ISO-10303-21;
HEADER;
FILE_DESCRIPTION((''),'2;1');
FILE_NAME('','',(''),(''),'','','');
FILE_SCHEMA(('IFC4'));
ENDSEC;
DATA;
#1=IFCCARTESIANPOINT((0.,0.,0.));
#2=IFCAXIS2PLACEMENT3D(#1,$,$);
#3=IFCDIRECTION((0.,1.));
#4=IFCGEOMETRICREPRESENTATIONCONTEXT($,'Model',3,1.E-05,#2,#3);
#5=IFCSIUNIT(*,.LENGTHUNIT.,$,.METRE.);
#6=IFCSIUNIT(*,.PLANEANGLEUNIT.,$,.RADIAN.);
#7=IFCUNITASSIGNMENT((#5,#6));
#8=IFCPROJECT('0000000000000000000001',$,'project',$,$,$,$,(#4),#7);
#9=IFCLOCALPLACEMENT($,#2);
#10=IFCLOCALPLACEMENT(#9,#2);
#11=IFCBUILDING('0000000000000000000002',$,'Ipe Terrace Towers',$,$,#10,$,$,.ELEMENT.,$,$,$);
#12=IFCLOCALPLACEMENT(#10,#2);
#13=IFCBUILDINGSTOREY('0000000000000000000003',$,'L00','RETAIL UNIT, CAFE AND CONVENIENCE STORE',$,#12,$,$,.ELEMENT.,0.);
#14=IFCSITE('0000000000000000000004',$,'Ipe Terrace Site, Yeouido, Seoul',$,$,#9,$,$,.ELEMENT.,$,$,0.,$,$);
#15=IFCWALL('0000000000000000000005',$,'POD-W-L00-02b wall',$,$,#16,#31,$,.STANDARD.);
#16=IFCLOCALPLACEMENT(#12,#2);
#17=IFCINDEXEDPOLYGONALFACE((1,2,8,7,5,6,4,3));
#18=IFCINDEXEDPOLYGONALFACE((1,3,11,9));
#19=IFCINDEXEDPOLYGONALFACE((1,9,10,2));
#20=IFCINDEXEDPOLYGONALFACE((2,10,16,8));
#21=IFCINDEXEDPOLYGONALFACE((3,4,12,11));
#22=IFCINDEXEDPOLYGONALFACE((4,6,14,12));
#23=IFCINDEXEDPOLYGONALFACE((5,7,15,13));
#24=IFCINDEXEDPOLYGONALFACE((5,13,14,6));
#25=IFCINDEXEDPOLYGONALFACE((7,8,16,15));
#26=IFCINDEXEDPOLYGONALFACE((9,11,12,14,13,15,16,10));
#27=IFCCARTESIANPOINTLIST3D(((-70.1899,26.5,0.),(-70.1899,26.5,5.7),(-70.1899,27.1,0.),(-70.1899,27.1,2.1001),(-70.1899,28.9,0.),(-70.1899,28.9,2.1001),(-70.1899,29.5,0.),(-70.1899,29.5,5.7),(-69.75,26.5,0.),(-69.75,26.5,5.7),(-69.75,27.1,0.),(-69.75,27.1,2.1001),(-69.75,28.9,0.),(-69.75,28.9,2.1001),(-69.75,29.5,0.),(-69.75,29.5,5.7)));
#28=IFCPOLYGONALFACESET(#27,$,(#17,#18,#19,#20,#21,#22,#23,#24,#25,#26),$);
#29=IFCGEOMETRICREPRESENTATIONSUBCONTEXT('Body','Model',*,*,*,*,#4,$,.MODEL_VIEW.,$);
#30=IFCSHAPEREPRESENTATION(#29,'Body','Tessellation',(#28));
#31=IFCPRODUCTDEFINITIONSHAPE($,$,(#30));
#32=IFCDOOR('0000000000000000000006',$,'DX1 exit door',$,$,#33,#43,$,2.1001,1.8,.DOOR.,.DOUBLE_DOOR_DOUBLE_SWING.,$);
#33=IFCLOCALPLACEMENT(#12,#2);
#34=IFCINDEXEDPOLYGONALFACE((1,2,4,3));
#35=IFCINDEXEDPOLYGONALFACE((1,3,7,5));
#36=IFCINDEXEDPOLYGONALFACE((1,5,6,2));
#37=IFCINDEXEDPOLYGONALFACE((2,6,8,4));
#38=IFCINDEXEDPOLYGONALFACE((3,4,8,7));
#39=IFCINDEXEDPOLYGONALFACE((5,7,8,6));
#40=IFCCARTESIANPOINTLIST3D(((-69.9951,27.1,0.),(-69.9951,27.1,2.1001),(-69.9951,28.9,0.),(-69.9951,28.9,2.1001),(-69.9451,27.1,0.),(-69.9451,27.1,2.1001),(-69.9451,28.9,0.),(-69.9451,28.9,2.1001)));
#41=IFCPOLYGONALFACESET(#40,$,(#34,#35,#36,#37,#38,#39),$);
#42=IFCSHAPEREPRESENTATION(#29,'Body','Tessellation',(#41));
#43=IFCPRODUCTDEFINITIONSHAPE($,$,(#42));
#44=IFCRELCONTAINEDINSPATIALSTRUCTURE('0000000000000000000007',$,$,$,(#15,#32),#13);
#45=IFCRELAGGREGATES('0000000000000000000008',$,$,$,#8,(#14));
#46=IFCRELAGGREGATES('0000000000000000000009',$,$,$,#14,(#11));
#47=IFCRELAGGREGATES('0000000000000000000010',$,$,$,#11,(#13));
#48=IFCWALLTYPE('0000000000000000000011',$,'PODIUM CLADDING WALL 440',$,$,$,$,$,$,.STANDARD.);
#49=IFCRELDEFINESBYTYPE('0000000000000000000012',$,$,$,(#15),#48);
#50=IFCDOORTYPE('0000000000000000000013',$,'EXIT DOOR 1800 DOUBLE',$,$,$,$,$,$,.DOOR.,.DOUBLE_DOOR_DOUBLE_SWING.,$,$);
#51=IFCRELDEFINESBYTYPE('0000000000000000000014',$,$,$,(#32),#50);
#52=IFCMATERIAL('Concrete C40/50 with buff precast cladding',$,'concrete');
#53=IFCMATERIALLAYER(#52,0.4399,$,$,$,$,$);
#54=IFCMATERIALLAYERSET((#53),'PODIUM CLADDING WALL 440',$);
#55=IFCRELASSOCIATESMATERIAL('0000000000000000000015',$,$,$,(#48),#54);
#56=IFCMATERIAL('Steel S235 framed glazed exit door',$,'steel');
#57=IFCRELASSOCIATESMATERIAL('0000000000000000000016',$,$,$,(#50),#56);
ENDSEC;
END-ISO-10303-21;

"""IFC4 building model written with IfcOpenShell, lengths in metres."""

from ifc_helpers import new_model, si_unit, direction, frame, frame_2d, origin, place, context, subcontext, project, spatial, rectangle, extrude, material, layer, layer_set, type_object, element, fill, save


model = new_model("IFC4")

# Units and contexts
model_context = context("Model", 3, precision=1e-05, world=origin(), true_north=direction((0.0, 1.0)))
body_context = subcontext(model_context, "Body", "Model", "MODEL_VIEW")
ifc_project = project(units=[si_unit("LENGTHUNIT", "METRE"), si_unit("PLANEANGLEUNIT", "RADIAN")], contexts=[model_context])

# Site, building, storey
site_placement = place(None, origin())
site = spatial("IfcSite", under=ifc_project, at=site_placement, Name="Ipe Terrace Site, Yeouido, Seoul", CompositionType="ELEMENT", RefElevation=0.0)
building_placement = place(site_placement, origin())
building = spatial("IfcBuilding", under=site, at=building_placement, Name="Ipe Terrace Towers", CompositionType="ELEMENT")
storey_placement = place(building_placement, origin())
storey = spatial("IfcBuildingStorey", under=building, at=storey_placement, Name="L00", Description="RETAIL UNIT, CAFE AND CONVENIENCE STORE", CompositionType="ELEMENT", Elevation=0.0)

# Wall, opening, door
ifc_material_1 = material(Name="Concrete C40/50 with buff precast cladding", Category="concrete")
ifc_layer_1 = layer(ifc_material_1, 0.4399)
ifc_layer_set_1 = layer_set([ifc_layer_1], Name="PODIUM CLADDING WALL 440")
wall_type_1 = type_object("IfcWallType", Name="PODIUM CLADDING WALL 440", PredefinedType="STANDARD", material=ifc_layer_set_1)
wall_1_placement = place(storey_placement, frame((-69.97, 29.5, 0.0), z_axis=(0.0, 0.0, 1.0), x_axis=(0.0, -1.0, 0.0)))
wall_1 = element("IfcWall", 1, at=wall_1_placement, inside=storey, type_object=wall_type_1, Name="POD-W-L00-02b wall", PredefinedType="STANDARD", context=body_context, shape_type="SweptSolid", body=[
    extrude(rectangle(XDim=3.0, YDim=0.4399, at=frame_2d((1.5, 0.0))), origin(), (0.0, 0.0, 1.0), 5.7),
])
opening_1_placement = place(wall_1_placement, frame((0.6001, 0.0, 0.0)))
opening_1 = element("IfcOpeningElement", 2, at=opening_1_placement, cuts=wall_1, PredefinedType="OPENING", context=body_context, shape_type="SweptSolid", body=[
    extrude(rectangle(XDim=1.8, YDim=2.1001, at=frame_2d((0.8999, 1.05))), frame((0.0, 0.23, 0.0), z_axis=(0.0, -1.0, 0.0), x_axis=(1.0, 0.0, 0.0)), (0.0, 0.0, 1.0), 0.46),
])
ifc_material_2 = material(Name="Steel S235 framed glazed exit door", Category="steel")
door_type_1 = type_object("IfcDoorType", Name="EXIT DOOR 1800 DOUBLE", OperationType="DOUBLE_DOOR_DOUBLE_SWING", PredefinedType="DOOR", material=ifc_material_2)
door_1_placement = place(opening_1_placement, origin())
door_1 = element("IfcDoor", 3, at=door_1_placement, inside=storey, type_object=door_type_1, Name="DX1 exit door", OperationType="DOUBLE_DOOR_DOUBLE_SWING", OverallHeight=2.1001, OverallWidth=1.8, PredefinedType="DOOR", context=body_context, shape_type="SweptSolid", body=[
    extrude(rectangle(XDim=1.8, YDim=2.1001, at=frame_2d((0.8999, 1.05))), frame((0.0, 0.0249, 0.0), z_axis=(0.0, -1.0, 0.0), x_axis=(1.0, 0.0, 0.0)), (0.0, 0.0, 1.0), 0.05),
])
fill(opening_1, door_1)

save(model, "model.ifc")
